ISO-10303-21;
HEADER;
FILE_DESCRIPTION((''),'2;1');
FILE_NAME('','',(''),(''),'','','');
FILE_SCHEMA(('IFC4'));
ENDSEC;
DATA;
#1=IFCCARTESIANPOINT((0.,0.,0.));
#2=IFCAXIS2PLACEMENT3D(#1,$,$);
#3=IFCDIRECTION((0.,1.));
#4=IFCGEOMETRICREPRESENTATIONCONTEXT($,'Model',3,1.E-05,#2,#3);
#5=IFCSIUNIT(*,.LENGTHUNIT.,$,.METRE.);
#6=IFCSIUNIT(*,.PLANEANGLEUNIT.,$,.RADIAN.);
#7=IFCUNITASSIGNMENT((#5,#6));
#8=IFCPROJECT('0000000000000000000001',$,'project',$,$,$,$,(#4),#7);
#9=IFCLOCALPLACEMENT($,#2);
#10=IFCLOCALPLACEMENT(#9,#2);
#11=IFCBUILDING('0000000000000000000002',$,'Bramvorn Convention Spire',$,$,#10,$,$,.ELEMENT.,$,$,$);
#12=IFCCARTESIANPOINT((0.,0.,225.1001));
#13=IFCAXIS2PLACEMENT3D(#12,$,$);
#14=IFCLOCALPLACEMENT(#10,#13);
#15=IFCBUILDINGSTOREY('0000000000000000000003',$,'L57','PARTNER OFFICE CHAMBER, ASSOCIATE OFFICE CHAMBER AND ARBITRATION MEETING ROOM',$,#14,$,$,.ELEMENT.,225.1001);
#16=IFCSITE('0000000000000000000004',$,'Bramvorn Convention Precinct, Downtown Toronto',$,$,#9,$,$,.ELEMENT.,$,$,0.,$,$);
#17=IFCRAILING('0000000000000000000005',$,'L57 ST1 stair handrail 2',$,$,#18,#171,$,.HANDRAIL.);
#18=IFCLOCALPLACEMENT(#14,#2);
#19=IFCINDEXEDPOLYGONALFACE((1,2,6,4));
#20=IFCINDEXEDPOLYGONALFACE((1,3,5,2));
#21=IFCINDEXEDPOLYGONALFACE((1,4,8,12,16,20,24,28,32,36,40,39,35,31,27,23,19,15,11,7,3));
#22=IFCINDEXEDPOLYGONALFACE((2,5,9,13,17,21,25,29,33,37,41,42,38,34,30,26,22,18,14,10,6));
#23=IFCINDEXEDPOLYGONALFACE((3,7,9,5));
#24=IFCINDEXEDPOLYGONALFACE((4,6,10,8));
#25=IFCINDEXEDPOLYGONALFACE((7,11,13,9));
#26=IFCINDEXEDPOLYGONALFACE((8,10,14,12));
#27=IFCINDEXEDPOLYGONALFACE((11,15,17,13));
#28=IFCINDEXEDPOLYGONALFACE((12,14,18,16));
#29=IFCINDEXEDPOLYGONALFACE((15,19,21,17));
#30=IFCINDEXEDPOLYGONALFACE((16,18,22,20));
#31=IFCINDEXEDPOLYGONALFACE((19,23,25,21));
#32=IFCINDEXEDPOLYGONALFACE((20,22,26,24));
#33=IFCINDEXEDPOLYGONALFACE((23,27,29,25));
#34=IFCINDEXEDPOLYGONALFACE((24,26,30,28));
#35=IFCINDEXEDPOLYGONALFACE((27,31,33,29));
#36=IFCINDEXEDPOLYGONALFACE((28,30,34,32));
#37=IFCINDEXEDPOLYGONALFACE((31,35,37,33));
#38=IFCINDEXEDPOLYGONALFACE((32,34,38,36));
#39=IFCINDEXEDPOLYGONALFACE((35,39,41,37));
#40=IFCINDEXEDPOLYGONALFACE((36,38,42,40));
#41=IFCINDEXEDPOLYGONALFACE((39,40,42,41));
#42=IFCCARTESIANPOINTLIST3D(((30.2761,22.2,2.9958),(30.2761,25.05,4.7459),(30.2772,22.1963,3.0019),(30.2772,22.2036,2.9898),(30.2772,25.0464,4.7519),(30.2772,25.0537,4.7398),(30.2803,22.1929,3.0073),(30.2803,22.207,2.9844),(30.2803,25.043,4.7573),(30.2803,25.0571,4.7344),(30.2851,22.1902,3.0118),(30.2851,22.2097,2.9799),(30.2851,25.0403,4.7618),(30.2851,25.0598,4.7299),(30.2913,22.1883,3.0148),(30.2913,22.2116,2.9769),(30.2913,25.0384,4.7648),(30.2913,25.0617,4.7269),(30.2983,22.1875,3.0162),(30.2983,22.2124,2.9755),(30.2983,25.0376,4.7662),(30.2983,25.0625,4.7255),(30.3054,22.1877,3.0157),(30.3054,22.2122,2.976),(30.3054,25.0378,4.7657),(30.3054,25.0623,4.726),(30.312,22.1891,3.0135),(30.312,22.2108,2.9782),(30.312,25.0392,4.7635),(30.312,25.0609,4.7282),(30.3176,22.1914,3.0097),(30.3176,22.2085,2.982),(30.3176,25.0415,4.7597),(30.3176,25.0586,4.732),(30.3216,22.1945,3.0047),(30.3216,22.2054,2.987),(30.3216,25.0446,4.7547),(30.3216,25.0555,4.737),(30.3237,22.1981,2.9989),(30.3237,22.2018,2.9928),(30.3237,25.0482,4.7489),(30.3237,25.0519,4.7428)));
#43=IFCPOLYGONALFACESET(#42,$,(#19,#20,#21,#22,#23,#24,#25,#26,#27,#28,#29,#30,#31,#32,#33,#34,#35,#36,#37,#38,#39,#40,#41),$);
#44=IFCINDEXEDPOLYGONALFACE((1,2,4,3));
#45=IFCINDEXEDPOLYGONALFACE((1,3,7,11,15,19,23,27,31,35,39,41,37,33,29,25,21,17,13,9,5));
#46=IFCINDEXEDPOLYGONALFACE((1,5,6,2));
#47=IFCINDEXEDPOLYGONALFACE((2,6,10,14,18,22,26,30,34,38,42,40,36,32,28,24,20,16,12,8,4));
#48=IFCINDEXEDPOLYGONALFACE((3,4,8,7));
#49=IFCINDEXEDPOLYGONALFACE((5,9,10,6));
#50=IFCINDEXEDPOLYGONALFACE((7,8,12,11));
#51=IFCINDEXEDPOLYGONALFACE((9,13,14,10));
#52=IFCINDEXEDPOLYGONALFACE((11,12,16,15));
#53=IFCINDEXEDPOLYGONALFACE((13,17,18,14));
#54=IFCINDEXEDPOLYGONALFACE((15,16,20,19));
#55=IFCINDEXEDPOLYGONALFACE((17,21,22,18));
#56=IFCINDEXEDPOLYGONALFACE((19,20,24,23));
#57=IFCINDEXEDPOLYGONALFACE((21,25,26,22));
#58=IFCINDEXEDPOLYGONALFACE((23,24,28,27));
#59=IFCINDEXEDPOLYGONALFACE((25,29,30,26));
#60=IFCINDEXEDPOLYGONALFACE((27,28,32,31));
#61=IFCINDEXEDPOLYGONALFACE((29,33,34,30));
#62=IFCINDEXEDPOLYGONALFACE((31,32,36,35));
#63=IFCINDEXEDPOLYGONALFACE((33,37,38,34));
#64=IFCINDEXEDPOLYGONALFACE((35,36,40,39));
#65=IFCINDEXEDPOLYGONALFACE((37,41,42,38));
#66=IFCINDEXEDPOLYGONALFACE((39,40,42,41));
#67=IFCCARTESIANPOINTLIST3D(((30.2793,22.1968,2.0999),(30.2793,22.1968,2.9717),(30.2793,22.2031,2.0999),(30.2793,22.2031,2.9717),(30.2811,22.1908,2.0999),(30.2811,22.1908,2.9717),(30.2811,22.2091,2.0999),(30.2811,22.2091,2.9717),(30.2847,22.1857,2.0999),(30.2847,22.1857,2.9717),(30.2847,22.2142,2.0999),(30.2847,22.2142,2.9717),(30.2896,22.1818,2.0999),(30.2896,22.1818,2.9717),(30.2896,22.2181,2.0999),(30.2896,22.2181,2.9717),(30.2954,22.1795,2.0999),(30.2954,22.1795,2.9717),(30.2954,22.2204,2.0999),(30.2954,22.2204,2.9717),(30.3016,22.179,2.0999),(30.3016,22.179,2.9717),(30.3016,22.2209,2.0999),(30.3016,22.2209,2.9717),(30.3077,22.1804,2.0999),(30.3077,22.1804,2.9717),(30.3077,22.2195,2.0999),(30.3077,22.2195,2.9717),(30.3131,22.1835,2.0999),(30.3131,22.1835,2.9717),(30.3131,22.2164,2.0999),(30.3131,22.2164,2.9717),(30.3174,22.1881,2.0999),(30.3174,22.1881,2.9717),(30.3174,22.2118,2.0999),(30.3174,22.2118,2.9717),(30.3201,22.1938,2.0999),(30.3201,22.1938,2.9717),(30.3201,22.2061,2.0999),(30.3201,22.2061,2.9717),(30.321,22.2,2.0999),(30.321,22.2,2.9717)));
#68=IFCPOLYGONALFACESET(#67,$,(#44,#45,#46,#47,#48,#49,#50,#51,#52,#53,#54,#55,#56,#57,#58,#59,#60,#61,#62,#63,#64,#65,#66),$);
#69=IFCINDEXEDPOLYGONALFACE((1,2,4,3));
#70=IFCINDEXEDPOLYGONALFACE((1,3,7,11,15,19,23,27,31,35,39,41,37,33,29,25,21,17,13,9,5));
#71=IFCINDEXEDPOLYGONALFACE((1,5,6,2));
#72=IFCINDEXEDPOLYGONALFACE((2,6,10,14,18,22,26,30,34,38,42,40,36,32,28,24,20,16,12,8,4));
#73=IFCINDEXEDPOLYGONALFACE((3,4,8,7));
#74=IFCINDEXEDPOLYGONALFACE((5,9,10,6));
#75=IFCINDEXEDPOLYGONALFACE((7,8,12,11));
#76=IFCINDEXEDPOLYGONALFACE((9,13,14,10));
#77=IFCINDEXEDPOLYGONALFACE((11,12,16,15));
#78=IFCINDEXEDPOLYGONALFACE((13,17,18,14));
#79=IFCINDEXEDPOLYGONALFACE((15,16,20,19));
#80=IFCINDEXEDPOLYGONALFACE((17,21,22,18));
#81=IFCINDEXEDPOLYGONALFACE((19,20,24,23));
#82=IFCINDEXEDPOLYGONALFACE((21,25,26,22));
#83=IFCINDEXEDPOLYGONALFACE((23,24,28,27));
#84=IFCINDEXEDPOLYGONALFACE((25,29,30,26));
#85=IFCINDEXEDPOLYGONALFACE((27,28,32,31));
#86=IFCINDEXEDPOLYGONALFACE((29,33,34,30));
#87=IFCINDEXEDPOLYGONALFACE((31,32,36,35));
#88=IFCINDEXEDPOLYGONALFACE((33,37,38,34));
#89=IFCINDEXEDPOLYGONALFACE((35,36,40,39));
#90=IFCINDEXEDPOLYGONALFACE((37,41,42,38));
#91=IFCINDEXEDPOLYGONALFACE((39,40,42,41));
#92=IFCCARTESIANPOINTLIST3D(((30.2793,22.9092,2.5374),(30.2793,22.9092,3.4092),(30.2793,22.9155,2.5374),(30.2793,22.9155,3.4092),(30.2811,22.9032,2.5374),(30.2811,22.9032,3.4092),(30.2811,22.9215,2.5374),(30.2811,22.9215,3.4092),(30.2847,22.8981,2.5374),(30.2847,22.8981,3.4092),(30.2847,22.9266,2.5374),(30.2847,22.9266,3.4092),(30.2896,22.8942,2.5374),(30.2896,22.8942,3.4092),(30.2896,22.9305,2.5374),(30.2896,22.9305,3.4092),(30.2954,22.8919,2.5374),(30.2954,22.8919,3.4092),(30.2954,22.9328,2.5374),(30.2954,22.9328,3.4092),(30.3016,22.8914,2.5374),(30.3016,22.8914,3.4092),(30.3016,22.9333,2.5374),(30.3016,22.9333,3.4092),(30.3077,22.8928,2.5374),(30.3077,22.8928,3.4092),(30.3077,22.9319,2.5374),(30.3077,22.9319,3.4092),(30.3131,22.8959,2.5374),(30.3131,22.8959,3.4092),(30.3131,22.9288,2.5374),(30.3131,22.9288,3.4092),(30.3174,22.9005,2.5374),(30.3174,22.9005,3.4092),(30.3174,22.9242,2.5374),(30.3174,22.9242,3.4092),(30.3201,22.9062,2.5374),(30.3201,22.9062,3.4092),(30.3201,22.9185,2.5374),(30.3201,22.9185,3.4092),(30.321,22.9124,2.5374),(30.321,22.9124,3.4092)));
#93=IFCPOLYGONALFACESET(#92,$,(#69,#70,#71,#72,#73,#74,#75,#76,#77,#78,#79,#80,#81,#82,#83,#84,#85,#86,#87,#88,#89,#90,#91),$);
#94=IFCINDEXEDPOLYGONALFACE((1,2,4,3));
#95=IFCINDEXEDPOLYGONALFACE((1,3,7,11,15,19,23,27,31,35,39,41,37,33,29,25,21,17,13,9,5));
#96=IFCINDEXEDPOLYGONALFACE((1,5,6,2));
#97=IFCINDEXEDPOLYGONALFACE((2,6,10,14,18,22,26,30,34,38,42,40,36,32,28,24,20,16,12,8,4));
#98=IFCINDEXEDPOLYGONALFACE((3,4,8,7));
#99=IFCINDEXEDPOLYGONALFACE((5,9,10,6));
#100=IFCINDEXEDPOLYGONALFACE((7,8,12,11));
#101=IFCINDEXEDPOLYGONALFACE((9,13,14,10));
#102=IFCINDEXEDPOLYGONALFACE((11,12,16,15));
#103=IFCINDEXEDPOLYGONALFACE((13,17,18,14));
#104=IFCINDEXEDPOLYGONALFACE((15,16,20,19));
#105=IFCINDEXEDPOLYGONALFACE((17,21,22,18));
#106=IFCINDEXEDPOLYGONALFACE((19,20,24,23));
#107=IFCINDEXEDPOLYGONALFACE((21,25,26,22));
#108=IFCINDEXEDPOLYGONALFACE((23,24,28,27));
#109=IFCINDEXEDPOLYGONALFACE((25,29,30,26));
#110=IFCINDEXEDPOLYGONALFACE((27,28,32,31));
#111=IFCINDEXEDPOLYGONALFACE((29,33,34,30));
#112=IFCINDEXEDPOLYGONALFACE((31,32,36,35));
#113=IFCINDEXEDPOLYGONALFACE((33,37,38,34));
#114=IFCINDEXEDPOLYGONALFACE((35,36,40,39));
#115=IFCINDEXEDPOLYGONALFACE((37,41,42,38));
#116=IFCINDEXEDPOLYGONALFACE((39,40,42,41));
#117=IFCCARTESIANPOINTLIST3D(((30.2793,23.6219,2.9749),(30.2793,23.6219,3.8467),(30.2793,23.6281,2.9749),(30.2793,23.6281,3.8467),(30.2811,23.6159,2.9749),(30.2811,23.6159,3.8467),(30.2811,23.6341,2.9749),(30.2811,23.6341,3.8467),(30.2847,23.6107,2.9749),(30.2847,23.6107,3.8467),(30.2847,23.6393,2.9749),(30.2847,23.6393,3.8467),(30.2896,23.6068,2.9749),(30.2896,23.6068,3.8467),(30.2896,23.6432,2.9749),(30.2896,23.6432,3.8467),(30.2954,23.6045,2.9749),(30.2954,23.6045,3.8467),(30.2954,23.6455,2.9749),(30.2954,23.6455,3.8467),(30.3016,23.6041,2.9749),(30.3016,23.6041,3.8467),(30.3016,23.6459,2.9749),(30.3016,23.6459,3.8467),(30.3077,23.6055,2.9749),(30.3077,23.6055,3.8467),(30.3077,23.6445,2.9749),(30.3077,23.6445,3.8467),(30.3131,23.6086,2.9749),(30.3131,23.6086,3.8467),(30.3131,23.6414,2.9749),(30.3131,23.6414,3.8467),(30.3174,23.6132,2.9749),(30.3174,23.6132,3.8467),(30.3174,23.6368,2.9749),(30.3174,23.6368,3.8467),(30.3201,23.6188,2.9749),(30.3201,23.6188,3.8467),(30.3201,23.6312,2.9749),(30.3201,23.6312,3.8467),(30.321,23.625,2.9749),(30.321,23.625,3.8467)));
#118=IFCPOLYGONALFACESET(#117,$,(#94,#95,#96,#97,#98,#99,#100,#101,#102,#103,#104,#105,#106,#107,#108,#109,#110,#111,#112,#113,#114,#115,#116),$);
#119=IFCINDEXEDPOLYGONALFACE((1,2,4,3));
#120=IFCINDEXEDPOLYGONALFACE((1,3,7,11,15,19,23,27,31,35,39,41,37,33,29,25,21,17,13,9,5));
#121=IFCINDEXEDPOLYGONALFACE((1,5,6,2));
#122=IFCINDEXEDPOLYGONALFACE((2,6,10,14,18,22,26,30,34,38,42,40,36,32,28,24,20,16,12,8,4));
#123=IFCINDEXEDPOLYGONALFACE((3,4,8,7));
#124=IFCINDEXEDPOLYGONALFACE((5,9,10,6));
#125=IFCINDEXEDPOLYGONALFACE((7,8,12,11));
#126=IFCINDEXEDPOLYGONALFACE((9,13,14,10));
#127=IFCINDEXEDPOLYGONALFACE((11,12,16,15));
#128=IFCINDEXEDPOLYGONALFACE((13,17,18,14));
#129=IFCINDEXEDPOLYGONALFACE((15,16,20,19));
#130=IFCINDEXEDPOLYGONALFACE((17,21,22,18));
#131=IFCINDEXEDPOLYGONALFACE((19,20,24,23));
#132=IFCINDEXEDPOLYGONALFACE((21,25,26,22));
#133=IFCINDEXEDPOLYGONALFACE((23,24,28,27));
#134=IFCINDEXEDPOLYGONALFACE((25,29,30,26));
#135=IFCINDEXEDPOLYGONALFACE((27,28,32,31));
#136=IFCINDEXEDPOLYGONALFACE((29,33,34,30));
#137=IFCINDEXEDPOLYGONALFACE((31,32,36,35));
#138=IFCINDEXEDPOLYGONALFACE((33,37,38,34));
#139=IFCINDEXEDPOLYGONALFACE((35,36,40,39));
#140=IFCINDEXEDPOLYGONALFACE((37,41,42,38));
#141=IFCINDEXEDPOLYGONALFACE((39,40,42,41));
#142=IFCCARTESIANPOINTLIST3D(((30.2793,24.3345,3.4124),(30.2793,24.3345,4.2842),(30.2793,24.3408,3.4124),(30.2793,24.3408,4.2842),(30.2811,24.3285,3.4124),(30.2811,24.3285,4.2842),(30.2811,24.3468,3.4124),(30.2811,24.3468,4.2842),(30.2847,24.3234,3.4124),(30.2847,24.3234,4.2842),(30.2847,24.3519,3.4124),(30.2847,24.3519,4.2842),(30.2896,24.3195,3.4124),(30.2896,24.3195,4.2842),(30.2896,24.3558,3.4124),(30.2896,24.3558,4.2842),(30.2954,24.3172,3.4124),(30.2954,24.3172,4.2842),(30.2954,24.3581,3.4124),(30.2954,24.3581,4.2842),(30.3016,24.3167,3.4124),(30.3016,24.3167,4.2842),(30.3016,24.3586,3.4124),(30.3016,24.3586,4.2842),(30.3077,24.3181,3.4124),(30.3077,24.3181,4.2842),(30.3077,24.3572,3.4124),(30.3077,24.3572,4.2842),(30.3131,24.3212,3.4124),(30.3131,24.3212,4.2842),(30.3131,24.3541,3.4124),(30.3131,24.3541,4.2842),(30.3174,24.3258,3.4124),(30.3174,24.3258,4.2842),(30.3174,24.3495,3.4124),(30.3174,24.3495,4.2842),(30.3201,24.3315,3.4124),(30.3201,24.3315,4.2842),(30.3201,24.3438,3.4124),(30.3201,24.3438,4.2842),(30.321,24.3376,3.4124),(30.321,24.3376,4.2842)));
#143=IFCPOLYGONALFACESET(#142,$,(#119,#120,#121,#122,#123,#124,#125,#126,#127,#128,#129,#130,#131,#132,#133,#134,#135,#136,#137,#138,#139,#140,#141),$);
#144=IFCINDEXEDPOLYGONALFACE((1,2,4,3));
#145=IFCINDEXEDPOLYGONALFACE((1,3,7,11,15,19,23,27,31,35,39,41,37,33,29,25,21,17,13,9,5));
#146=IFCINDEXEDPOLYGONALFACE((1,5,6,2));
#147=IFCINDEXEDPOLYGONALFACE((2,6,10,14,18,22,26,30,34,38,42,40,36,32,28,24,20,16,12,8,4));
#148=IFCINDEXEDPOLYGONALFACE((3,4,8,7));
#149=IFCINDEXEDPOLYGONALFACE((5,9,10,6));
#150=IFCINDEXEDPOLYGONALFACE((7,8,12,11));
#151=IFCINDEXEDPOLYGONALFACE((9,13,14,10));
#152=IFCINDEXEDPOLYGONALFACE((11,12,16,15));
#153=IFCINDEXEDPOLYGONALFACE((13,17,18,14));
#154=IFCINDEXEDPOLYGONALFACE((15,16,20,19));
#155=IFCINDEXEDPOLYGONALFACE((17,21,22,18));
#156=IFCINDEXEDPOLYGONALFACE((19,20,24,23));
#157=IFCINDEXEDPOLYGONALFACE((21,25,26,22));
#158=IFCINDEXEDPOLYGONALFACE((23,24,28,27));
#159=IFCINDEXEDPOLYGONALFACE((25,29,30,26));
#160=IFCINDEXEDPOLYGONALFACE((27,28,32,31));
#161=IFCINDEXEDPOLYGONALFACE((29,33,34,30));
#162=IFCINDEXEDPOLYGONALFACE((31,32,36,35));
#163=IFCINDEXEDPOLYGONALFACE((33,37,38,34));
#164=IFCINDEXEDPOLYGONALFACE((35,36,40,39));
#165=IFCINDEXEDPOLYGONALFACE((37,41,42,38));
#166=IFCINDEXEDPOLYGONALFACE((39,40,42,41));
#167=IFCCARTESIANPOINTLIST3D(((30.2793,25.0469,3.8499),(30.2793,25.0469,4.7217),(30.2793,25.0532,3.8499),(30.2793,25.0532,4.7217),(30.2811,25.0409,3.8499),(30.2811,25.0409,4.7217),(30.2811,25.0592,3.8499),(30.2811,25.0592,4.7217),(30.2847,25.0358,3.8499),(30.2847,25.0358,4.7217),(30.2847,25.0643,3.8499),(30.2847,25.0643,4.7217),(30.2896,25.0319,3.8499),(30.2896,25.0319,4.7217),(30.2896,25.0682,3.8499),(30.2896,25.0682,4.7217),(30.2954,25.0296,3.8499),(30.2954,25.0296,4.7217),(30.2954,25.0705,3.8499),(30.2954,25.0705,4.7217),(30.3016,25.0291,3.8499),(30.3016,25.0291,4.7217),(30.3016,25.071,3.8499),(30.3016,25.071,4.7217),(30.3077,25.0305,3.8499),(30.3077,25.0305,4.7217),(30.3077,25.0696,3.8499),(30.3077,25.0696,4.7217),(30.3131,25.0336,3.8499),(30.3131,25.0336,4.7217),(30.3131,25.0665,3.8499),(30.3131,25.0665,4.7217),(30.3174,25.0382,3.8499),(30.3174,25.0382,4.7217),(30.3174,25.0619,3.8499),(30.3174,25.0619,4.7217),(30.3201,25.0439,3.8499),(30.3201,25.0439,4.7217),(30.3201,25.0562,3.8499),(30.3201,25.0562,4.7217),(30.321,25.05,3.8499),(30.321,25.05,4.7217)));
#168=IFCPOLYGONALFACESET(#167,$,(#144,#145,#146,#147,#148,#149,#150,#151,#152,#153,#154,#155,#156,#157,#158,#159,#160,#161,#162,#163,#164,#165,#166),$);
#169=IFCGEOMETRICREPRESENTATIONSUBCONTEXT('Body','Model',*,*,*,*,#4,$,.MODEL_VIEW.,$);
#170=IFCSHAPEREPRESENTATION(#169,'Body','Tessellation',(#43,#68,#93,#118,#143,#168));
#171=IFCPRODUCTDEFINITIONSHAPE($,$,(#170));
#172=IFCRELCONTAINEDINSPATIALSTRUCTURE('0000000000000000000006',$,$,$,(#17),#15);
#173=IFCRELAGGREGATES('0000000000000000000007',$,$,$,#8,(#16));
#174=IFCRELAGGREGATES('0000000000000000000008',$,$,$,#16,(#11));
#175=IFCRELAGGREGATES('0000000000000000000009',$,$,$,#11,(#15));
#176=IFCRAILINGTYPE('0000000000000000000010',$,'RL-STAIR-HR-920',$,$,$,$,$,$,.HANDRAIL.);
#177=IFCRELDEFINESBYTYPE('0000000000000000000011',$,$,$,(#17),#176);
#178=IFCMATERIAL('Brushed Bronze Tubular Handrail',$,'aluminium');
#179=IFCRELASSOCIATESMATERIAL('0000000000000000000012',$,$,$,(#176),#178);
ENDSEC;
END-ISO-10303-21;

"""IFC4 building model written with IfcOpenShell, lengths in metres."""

from ifc_helpers import new_model, si_unit, direction, frame, origin, origin_2d, place, context, subcontext, project, spatial, circle, extrude, material, type_object, element, save


model = new_model("IFC4")

# Units and contexts
model_context = context("Model", 3, precision=1e-05, world=origin(), true_north=direction((0.0, 1.0)))
body_context = subcontext(model_context, "Body", "Model", "MODEL_VIEW")
ifc_project = project(units=[si_unit("LENGTHUNIT", "METRE"), si_unit("PLANEANGLEUNIT", "RADIAN")], contexts=[model_context])

# Site, building, storey
site_placement = place(None, origin())
site = spatial("IfcSite", under=ifc_project, at=site_placement, Name="Bramvorn Convention Precinct, Downtown Toronto", CompositionType="ELEMENT", RefElevation=0.0)
building_placement = place(site_placement, origin())
building = spatial("IfcBuilding", under=site, at=building_placement, Name="Bramvorn Convention Spire", CompositionType="ELEMENT")
storey_placement = place(building_placement, frame((0.0, 0.0, 225.1001)))
storey = spatial("IfcBuildingStorey", under=building, at=storey_placement, Name="L57", Description="PARTNER OFFICE CHAMBER, ASSOCIATE OFFICE CHAMBER AND ARBITRATION MEETING ROOM", CompositionType="ELEMENT", Elevation=225.1001)

# Railing
ifc_material_1 = material(Name="Brushed Bronze Tubular Handrail", Category="aluminium")
railing_type_1 = type_object("IfcRailingType", Name="RL-STAIR-HR-920", PredefinedType="HANDRAIL", material=ifc_material_1)
for number, where, name in (
    (1, (30.3, 22.2, 2.0999), "L57 ST1 stair handrail 2"),
):
    element("IfcRailing", number, at=place(storey_placement, frame(where)), inside=storey, type_object=railing_type_1, Name=name, PredefinedType="HANDRAIL", context=body_context, shape_type="SweptSolid", body=[
        extrude(circle(Radius=0.0239, at=origin_2d()), frame((0.0, 0.0, 0.896), z_axis=(0.0, 0.852179, 0.52325), x_axis=(-1.0, 0.0, 0.0)), (0.0, 0.0, 1.0), 3.3445),
        extrude(circle(Radius=0.021, at=origin_2d()), origin(), (0.0, 0.0, 1.0), 0.8718),
        extrude(circle(Radius=0.021, at=origin_2d()), frame((0.0, 0.7124, 0.4375)), (0.0, 0.0, 1.0), 0.8718),
        extrude(circle(Radius=0.021, at=origin_2d()), frame((0.0, 1.425, 0.875)), (0.0, 0.0, 1.0), 0.8718),
        extrude(circle(Radius=0.021, at=origin_2d()), frame((0.0, 2.1377, 1.3125)), (0.0, 0.0, 1.0), 0.8718),
        extrude(circle(Radius=0.021, at=origin_2d()), frame((0.0, 2.8501, 1.75)), (0.0, 0.0, 1.0), 0.8718),
    ])

save(model, "model.ifc")
